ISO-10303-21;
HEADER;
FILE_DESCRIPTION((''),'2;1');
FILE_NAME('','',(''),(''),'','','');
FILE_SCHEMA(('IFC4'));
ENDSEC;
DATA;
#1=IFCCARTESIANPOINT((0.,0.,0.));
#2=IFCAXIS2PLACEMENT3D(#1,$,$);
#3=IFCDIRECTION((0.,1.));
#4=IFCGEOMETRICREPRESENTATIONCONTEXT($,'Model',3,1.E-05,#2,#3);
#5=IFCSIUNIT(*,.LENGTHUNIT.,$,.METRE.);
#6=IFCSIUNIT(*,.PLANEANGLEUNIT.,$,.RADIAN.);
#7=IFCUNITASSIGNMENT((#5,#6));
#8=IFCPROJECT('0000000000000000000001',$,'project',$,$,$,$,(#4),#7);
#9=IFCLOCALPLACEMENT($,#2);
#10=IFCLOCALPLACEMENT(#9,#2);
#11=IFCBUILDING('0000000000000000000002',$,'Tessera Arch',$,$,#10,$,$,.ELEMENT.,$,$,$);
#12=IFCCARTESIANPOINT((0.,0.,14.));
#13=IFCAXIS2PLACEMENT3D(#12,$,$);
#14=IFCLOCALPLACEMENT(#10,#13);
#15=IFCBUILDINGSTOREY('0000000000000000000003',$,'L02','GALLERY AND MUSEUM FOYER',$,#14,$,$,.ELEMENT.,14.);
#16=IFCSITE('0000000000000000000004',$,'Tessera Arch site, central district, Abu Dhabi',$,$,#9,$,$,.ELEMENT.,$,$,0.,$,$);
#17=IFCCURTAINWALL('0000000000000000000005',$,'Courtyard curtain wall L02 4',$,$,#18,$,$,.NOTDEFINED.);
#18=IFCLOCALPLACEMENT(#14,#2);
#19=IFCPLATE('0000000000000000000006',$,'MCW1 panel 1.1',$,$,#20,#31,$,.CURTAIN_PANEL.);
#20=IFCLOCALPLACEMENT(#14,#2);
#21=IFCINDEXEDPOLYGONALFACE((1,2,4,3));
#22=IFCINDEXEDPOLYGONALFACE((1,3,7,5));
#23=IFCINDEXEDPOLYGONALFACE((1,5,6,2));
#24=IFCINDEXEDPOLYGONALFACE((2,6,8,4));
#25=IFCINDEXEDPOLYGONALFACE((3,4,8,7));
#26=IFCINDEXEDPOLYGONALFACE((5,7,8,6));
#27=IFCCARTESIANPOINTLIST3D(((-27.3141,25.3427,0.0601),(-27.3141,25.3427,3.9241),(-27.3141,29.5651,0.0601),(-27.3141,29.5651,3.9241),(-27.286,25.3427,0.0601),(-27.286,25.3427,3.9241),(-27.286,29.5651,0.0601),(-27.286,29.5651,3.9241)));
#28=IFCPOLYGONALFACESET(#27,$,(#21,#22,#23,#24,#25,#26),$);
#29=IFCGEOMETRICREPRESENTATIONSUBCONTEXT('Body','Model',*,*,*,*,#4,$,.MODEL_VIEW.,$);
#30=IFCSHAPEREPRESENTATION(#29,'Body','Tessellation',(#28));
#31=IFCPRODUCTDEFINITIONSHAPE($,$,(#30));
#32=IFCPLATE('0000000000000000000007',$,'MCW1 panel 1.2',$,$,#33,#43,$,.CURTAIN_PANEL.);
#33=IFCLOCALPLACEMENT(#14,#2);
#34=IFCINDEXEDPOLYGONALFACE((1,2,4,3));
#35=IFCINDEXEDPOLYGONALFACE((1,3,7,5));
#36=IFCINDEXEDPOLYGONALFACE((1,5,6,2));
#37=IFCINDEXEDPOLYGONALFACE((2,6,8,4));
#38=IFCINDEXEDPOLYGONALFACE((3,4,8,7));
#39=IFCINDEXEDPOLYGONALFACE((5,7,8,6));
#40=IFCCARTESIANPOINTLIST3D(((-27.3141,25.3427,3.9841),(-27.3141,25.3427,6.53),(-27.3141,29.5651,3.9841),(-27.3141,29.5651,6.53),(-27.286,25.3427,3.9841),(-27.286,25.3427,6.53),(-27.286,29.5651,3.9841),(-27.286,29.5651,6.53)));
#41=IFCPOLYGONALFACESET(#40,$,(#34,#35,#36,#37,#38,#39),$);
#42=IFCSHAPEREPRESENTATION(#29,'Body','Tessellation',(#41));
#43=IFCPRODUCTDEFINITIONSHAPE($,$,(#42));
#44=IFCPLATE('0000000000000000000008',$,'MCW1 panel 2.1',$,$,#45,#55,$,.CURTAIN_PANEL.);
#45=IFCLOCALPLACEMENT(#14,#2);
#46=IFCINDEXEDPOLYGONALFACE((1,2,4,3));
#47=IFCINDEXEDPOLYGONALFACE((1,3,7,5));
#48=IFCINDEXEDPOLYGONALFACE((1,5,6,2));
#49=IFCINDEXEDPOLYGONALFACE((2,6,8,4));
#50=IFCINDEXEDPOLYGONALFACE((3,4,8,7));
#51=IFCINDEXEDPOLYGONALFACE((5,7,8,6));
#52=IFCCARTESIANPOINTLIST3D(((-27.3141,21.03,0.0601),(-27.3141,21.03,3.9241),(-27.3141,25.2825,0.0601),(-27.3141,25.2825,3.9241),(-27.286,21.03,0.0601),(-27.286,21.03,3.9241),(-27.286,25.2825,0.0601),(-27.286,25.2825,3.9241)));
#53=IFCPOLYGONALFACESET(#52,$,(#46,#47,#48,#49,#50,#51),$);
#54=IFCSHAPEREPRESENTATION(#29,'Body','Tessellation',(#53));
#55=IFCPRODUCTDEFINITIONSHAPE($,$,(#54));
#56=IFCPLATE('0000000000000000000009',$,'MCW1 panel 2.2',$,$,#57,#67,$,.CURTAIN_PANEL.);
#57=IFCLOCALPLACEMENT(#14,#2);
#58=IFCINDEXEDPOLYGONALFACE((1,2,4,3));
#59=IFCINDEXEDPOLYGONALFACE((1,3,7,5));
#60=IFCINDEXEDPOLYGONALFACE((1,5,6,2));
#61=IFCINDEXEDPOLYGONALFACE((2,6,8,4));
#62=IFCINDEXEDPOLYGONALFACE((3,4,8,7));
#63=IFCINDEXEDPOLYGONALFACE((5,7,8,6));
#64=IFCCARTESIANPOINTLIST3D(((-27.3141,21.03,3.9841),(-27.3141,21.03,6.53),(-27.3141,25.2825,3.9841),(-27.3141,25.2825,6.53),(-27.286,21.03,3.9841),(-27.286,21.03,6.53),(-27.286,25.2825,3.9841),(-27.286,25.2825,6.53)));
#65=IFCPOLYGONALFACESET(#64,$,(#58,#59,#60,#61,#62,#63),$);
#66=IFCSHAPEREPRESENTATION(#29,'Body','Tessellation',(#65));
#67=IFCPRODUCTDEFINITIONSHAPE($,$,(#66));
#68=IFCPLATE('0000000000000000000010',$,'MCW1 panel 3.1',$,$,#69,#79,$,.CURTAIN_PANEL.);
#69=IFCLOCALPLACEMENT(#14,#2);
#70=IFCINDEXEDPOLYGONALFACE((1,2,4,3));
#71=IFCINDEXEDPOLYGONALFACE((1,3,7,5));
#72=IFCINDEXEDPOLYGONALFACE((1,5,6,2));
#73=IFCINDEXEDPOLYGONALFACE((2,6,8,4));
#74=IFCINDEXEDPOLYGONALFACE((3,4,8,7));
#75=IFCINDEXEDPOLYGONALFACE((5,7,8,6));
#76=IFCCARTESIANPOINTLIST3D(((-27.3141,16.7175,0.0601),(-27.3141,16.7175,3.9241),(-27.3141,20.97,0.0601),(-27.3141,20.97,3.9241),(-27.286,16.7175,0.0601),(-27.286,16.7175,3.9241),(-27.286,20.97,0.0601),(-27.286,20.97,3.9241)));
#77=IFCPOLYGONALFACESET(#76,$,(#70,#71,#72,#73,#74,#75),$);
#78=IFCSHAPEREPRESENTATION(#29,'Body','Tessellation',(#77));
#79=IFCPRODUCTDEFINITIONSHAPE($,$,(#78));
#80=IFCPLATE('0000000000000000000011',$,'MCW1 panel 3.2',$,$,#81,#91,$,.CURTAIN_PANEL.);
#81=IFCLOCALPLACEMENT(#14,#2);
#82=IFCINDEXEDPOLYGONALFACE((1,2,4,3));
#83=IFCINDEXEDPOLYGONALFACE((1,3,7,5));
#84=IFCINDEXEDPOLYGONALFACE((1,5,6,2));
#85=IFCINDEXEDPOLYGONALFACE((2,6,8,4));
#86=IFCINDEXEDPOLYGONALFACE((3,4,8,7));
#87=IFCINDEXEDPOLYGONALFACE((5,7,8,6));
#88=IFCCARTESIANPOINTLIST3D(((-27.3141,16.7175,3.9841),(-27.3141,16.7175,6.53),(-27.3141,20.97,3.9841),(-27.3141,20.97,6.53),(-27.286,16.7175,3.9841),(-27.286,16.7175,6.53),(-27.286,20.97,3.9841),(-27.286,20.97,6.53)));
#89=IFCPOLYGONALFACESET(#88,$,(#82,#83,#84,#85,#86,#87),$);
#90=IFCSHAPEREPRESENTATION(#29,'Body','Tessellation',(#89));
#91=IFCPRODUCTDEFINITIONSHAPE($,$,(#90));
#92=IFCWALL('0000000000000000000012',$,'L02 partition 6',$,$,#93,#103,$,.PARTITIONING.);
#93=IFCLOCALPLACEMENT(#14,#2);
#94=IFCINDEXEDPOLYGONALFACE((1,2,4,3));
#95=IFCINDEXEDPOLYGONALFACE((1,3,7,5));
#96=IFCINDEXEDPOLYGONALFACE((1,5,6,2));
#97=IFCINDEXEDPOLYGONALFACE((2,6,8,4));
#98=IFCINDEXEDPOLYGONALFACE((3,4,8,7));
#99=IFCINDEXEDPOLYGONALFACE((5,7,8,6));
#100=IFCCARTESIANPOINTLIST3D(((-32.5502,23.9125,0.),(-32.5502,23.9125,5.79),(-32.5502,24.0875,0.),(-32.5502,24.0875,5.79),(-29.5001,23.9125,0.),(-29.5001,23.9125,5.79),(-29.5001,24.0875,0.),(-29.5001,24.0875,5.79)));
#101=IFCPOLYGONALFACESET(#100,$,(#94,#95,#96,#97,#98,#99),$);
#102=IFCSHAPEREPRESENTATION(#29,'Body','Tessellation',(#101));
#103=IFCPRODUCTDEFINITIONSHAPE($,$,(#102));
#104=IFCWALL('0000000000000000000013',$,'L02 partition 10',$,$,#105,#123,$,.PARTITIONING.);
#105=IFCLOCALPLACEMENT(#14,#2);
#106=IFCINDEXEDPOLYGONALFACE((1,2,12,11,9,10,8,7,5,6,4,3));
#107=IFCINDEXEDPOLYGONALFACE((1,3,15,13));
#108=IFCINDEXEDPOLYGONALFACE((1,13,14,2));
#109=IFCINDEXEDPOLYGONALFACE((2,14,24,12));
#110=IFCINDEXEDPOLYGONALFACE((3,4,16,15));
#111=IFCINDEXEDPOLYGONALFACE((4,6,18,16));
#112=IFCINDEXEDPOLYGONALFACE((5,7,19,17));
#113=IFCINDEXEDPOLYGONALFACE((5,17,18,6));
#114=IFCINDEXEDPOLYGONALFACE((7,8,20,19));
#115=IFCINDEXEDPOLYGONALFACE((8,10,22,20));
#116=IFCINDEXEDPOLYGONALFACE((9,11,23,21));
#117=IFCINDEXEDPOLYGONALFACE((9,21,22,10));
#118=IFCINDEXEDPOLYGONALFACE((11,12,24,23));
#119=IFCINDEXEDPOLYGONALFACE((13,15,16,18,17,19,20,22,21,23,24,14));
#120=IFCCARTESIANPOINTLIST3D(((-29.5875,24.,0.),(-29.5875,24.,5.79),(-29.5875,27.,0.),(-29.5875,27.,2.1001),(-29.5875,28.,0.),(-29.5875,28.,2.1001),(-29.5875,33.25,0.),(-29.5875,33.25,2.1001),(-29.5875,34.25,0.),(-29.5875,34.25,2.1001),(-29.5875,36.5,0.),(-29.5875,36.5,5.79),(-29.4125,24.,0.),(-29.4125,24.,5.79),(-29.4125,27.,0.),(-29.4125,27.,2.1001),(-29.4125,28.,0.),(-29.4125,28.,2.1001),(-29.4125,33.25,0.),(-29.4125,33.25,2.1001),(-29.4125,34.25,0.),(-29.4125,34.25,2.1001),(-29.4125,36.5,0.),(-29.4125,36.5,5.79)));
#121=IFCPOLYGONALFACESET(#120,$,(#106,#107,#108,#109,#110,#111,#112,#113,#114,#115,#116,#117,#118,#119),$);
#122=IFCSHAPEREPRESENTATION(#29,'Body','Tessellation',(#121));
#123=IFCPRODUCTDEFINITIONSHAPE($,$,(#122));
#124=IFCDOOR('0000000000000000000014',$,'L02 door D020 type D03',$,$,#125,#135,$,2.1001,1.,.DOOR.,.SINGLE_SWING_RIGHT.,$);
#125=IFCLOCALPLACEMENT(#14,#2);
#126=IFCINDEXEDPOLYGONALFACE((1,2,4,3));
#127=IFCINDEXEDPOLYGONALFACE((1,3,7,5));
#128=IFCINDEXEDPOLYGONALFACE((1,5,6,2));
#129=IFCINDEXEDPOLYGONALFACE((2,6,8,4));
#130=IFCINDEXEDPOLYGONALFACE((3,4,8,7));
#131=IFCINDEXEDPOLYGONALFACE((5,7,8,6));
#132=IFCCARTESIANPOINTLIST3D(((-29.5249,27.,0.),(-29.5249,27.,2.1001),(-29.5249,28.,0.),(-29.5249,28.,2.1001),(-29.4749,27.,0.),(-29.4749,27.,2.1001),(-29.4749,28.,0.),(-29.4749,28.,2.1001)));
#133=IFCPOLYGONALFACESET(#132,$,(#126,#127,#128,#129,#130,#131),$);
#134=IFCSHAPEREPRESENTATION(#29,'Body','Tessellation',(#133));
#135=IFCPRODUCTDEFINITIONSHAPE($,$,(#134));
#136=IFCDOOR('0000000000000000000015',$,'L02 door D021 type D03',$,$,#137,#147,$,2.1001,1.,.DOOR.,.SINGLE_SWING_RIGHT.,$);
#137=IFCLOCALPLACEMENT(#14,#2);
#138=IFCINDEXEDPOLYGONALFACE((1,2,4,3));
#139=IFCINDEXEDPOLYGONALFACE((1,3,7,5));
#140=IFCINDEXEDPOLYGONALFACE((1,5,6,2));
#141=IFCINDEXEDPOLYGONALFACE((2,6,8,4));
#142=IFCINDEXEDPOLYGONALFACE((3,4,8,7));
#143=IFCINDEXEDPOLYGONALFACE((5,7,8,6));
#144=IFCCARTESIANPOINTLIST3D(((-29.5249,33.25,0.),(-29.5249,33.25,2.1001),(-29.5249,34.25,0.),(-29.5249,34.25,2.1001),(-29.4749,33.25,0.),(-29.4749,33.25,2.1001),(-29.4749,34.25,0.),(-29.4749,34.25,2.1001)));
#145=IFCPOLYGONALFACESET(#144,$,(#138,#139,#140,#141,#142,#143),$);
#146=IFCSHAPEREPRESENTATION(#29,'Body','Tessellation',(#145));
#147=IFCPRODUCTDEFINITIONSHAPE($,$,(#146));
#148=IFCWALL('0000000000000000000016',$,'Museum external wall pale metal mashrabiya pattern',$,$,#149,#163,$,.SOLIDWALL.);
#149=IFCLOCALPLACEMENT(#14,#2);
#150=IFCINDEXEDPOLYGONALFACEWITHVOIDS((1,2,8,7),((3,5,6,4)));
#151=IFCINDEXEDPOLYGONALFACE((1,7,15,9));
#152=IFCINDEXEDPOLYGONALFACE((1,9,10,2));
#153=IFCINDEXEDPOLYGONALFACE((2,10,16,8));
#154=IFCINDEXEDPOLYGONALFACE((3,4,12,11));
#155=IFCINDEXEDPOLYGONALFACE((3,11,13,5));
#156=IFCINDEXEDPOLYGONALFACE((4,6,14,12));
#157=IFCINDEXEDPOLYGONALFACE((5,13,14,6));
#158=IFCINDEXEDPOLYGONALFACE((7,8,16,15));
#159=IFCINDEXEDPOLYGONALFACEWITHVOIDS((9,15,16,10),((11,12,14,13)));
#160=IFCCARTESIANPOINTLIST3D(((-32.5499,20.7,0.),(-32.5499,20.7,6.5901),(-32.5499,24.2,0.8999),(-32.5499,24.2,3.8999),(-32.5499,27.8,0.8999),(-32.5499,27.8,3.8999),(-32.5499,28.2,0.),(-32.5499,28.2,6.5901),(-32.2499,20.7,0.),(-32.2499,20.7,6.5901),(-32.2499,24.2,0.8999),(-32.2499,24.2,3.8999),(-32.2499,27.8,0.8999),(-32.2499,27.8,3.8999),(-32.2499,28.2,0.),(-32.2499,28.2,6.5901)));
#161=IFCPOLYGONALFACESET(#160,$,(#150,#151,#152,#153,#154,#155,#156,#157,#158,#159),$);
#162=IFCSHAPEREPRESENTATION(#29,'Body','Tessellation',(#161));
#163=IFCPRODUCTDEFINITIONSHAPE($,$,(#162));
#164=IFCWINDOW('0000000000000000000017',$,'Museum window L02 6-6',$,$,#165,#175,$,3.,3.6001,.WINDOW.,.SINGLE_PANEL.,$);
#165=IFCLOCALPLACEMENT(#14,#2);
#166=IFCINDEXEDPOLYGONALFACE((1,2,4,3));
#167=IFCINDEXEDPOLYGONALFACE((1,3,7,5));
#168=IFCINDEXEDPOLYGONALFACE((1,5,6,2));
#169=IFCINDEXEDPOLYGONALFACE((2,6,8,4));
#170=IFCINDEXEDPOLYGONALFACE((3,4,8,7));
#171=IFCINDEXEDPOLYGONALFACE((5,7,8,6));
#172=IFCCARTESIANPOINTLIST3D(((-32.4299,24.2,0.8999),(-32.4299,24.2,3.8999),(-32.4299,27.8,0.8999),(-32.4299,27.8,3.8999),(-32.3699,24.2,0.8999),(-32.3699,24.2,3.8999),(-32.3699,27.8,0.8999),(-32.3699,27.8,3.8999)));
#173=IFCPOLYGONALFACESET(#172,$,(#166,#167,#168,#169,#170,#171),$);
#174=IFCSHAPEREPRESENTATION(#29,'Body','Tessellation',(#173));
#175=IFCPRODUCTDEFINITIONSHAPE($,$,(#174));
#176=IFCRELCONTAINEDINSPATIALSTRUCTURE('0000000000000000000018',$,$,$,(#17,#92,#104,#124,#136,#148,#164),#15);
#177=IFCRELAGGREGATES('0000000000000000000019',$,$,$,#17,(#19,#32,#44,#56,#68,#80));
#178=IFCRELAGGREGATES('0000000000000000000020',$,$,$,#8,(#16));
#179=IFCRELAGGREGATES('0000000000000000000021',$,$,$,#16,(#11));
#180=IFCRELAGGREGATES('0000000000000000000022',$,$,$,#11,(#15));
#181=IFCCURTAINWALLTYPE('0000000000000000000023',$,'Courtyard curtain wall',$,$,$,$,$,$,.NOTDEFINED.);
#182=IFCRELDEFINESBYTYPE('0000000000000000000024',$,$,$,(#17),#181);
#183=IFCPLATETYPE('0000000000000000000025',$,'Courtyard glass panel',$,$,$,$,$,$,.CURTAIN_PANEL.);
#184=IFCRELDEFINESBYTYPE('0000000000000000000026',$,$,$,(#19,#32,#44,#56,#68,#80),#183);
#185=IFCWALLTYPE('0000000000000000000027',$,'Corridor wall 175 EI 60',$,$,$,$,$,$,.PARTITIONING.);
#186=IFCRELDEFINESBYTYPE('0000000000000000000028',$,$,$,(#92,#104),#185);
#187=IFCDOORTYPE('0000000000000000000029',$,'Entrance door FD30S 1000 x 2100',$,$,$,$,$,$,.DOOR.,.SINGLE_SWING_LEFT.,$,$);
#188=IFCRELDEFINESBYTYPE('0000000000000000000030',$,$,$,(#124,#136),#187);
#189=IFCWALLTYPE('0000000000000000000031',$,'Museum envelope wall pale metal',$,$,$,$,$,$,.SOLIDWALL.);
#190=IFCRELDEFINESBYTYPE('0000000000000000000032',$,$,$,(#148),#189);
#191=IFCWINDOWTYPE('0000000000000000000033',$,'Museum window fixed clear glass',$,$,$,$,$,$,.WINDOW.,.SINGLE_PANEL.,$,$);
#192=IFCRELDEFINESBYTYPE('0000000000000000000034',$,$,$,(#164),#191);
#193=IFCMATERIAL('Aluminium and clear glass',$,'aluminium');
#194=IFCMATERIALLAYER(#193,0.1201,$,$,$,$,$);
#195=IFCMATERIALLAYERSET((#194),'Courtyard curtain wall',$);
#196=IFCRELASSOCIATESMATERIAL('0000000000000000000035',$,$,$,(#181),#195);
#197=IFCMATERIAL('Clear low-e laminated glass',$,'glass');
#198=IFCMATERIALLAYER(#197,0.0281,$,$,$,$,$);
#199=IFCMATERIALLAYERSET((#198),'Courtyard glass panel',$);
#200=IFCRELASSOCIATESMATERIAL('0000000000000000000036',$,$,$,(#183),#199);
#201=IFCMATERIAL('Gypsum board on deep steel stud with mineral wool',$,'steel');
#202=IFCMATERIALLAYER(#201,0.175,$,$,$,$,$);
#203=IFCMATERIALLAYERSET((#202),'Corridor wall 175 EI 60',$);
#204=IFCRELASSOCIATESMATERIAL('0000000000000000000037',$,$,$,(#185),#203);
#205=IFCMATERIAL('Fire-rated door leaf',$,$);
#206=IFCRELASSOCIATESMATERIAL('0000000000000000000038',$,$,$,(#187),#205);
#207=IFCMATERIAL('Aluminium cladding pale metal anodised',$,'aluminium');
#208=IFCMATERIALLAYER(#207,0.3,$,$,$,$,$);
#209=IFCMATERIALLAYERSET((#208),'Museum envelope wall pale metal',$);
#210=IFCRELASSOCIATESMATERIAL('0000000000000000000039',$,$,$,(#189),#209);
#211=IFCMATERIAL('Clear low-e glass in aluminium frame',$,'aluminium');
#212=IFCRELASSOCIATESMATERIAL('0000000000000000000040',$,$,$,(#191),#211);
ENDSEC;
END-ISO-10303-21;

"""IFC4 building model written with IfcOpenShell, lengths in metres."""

from ifc_helpers import new_model, si_unit, direction, frame, frame_2d, origin, origin_2d, place, context, subcontext, project, spatial, rectangle, extrude, material, layer, layer_set, type_object, element, fill, aggregate, save


model = new_model("IFC4")

# Units and contexts
model_context = context("Model", 3, precision=1e-05, world=origin(), true_north=direction((0.0, 1.0)))
body_context = subcontext(model_context, "Body", "Model", "MODEL_VIEW")
ifc_project = project(units=[si_unit("LENGTHUNIT", "METRE"), si_unit("PLANEANGLEUNIT", "RADIAN")], contexts=[model_context])

# Site, building, storey
site_placement = place(None, origin())
site = spatial("IfcSite", under=ifc_project, at=site_placement, Name="Tessera Arch site, central district, Abu Dhabi", CompositionType="ELEMENT", RefElevation=0.0)
building_placement = place(site_placement, origin())
building = spatial("IfcBuilding", under=site, at=building_placement, Name="Tessera Arch", CompositionType="ELEMENT")
storey_placement = place(building_placement, frame((0.0, 0.0, 14.0)))
storey = spatial("IfcBuildingStorey", under=building, at=storey_placement, Name="L02", Description="GALLERY AND MUSEUM FOYER", CompositionType="ELEMENT", Elevation=14.0)

# Curtain wall
ifc_material_1 = material(Name="Aluminium and clear glass", Category="aluminium")
ifc_layer_1 = layer(ifc_material_1, 0.1201)
ifc_layer_set_1 = layer_set([ifc_layer_1], Name="Courtyard curtain wall")
curtain_wall_type = type_object("IfcCurtainWallType", Name="Courtyard curtain wall", PredefinedType="NOTDEFINED", material=ifc_layer_set_1)
curtain_wall_placement = place(storey_placement, origin())
curtain_wall = element("IfcCurtainWall", 1, at=curtain_wall_placement, inside=storey, type_object=curtain_wall_type, Name="Courtyard curtain wall L02 4", PredefinedType="NOTDEFINED")

# Plates
ifc_material_2 = material(Name="Clear low-e laminated glass", Category="glass")
ifc_layer_2 = layer(ifc_material_2, 0.0281)
ifc_layer_set_2 = layer_set([ifc_layer_2], Name="Courtyard glass panel")
plate_type = type_object("IfcPlateType", Name="Courtyard glass panel", PredefinedType="CURTAIN_PANEL", material=ifc_layer_set_2)
plate_1_placement = place(storey_placement, frame((-27.3, 27.4539, 0.0601), z_axis=(0.0, 0.0, 1.0), x_axis=(0.0, -1.0, 0.0)))
plate_1 = element("IfcPlate", 2, at=plate_1_placement, type_object=plate_type, Name="MCW1 panel 1.1", PredefinedType="CURTAIN_PANEL", context=body_context, shape_type="SweptSolid", body=[
    extrude(rectangle(XDim=4.2224, YDim=0.0281, at=origin_2d()), origin(), (0.0, 0.0, 1.0), 3.864),
])
plate_2_placement = place(storey_placement, frame((-27.3, 27.4539, 3.9841), z_axis=(0.0, 0.0, 1.0), x_axis=(0.0, -1.0, 0.0)))
plate_2 = element("IfcPlate", 3, at=plate_2_placement, type_object=plate_type, Name="MCW1 panel 1.2", PredefinedType="CURTAIN_PANEL", context=body_context, shape_type="SweptSolid", body=[
    extrude(rectangle(XDim=4.2224, YDim=0.0281, at=origin_2d()), origin(), (0.0, 0.0, 1.0), 2.5459),
])
plate_3_placement = place(storey_placement, frame((-27.3, 23.1562, 0.0601), z_axis=(0.0, 0.0, 1.0), x_axis=(0.0, -1.0, 0.0)))
plate_3 = element("IfcPlate", 4, at=plate_3_placement, type_object=plate_type, Name="MCW1 panel 2.1", PredefinedType="CURTAIN_PANEL", context=body_context, shape_type="SweptSolid", body=[
    extrude(rectangle(XDim=4.2524, YDim=0.0281, at=origin_2d()), origin(), (0.0, 0.0, 1.0), 3.864),
])
plate_4_placement = place(storey_placement, frame((-27.3, 23.1562, 3.9841), z_axis=(0.0, 0.0, 1.0), x_axis=(0.0, -1.0, 0.0)))
plate_4 = element("IfcPlate", 5, at=plate_4_placement, type_object=plate_type, Name="MCW1 panel 2.2", PredefinedType="CURTAIN_PANEL", context=body_context, shape_type="SweptSolid", body=[
    extrude(rectangle(XDim=4.2524, YDim=0.0281, at=origin_2d()), origin(), (0.0, 0.0, 1.0), 2.5459),
])
plate_5_placement = place(storey_placement, frame((-27.3, 18.8438, 0.0601), z_axis=(0.0, 0.0, 1.0), x_axis=(0.0, -1.0, 0.0)))
plate_5 = element("IfcPlate", 6, at=plate_5_placement, type_object=plate_type, Name="MCW1 panel 3.1", PredefinedType="CURTAIN_PANEL", context=body_context, shape_type="SweptSolid", body=[
    extrude(rectangle(XDim=4.2524, YDim=0.0281, at=origin_2d()), origin(), (0.0, 0.0, 1.0), 3.864),
])
plate_6_placement = place(storey_placement, frame((-27.3, 18.8438, 3.9841), z_axis=(0.0, 0.0, 1.0), x_axis=(0.0, -1.0, 0.0)))
plate_6 = element("IfcPlate", 7, at=plate_6_placement, type_object=plate_type, Name="MCW1 panel 3.2", PredefinedType="CURTAIN_PANEL", context=body_context, shape_type="SweptSolid", body=[
    extrude(rectangle(XDim=4.2524, YDim=0.0281, at=origin_2d()), origin(), (0.0, 0.0, 1.0), 2.5459),
])
aggregate(curtain_wall, [plate_1, plate_2, plate_3, plate_4, plate_5, plate_6])

# Wall
ifc_material_3 = material(Name="Gypsum board on deep steel stud with mineral wool", Category="steel")
ifc_layer_3 = layer(ifc_material_3, 0.175)
ifc_layer_set_3 = layer_set([ifc_layer_3], Name="Corridor wall 175 EI 60")
wall_type_1 = type_object("IfcWallType", Name="Corridor wall 175 EI 60", PredefinedType="PARTITIONING", material=ifc_layer_set_3)
wall_1_placement = place(storey_placement, frame((-32.55, 24.0, 0.0), z_axis=(0.0, 0.0, 1.0), x_axis=(1.0, 0.0, 0.0)))
element("IfcWall", 8, at=wall_1_placement, inside=storey, type_object=wall_type_1, Name="L02 partition 6", PredefinedType="PARTITIONING", context=body_context, shape_type="SweptSolid", body=[
    extrude(rectangle(XDim=3.05, YDim=0.175, at=frame_2d((1.5249, 0.0))), origin(), (0.0, 0.0, 1.0), 5.79),
])

# Wall, openings, doors
wall_2_placement = place(storey_placement, frame((-29.5, 24.0, 0.0), z_axis=(0.0, 0.0, 1.0), x_axis=(0.0, 1.0, 0.0)))
wall_2 = element("IfcWall", 9, at=wall_2_placement, inside=storey, type_object=wall_type_1, Name="L02 partition 10", PredefinedType="PARTITIONING", context=body_context, shape_type="SweptSolid", body=[
    extrude(rectangle(XDim=12.5, YDim=0.175, at=frame_2d((6.25, 0.0))), origin(), (0.0, 0.0, 1.0), 5.79),
])
opening_1_placement = place(wall_2_placement, frame((3.0, 0.0, 0.0)))
opening_1 = element("IfcOpeningElement", 10, at=opening_1_placement, cuts=wall_2, PredefinedType="OPENING", context=body_context, shape_type="SweptSolid", body=[
    extrude(rectangle(XDim=1.0, YDim=2.1001, at=frame_2d((0.5, 1.05))), frame((0.0, 0.0974, 0.0), z_axis=(0.0, -1.0, 0.0), x_axis=(1.0, 0.0, 0.0)), (0.0, 0.0, 1.0), 0.1951),
])
opening_2_placement = place(wall_2_placement, frame((9.25, 0.0, 0.0)))
opening_2 = element("IfcOpeningElement", 11, at=opening_2_placement, cuts=wall_2, PredefinedType="OPENING", context=body_context, shape_type="SweptSolid", body=[
    extrude(rectangle(XDim=1.0, YDim=2.1001, at=frame_2d((0.5, 1.05))), frame((0.0, 0.0974, 0.0), z_axis=(0.0, -1.0, 0.0), x_axis=(1.0, 0.0, 0.0)), (0.0, 0.0, 1.0), 0.1951),
])
ifc_material_4 = material(Name="Fire-rated door leaf")
door_type = type_object("IfcDoorType", Name="Entrance door FD30S 1000 x 2100", OperationType="SINGLE_SWING_LEFT", PredefinedType="DOOR", material=ifc_material_4)
door_1_placement = place(opening_1_placement, origin())
door_1 = element("IfcDoor", 12, at=door_1_placement, inside=storey, type_object=door_type, Name="L02 door D020 type D03", OperationType="SINGLE_SWING_RIGHT", OverallHeight=2.1001, OverallWidth=1.0, PredefinedType="DOOR", context=body_context, shape_type="SweptSolid", body=[
    extrude(rectangle(XDim=1.0, YDim=2.1001, at=frame_2d((0.5, 1.05))), frame((0.0, 0.0249, 0.0), z_axis=(0.0, -1.0, 0.0), x_axis=(1.0, 0.0, 0.0)), (0.0, 0.0, 1.0), 0.05),
])
fill(opening_1, door_1)
door_2_placement = place(opening_2_placement, origin())
door_2 = element("IfcDoor", 13, at=door_2_placement, inside=storey, type_object=door_type, Name="L02 door D021 type D03", OperationType="SINGLE_SWING_RIGHT", OverallHeight=2.1001, OverallWidth=1.0, PredefinedType="DOOR", context=body_context, shape_type="SweptSolid", body=[
    extrude(rectangle(XDim=1.0, YDim=2.1001, at=frame_2d((0.5, 1.05))), frame((0.0, 0.0249, 0.0), z_axis=(0.0, -1.0, 0.0), x_axis=(1.0, 0.0, 0.0)), (0.0, 0.0, 1.0), 0.05),
])
fill(opening_2, door_2)

# Wall, opening, window
ifc_material_5 = material(Name="Aluminium cladding pale metal anodised", Category="aluminium")
ifc_layer_4 = layer(ifc_material_5, 0.3)
ifc_layer_set_4 = layer_set([ifc_layer_4], Name="Museum envelope wall pale metal")
wall_type_2 = type_object("IfcWallType", Name="Museum envelope wall pale metal", PredefinedType="SOLIDWALL", material=ifc_layer_set_4)
wall_3_placement = place(storey_placement, frame((-32.3999, 28.2, 0.0), z_axis=(0.0, 0.0, 1.0), x_axis=(0.0, -1.0, 0.0)))
wall_3 = element("IfcWall", 14, at=wall_3_placement, inside=storey, type_object=wall_type_2, Name="Museum external wall pale metal mashrabiya pattern", PredefinedType="SOLIDWALL", context=body_context, shape_type="SweptSolid", body=[
    extrude(rectangle(XDim=7.5, YDim=0.3, at=frame_2d((3.75, 0.0))), origin(), (0.0, 0.0, 1.0), 6.5901),
])
opening_3_placement = place(wall_3_placement, frame((0.3999, 0.0, 0.8999)))
opening_3 = element("IfcOpeningElement", 15, at=opening_3_placement, cuts=wall_3, PredefinedType="OPENING", context=body_context, shape_type="SweptSolid", body=[
    extrude(rectangle(XDim=3.6001, YDim=3.0, at=frame_2d((1.8, 1.5))), frame((0.0, 0.1599, 0.0), z_axis=(0.0, -1.0, 0.0), x_axis=(1.0, 0.0, 0.0)), (0.0, 0.0, 1.0), 0.3201),
])
ifc_material_6 = material(Name="Clear low-e glass in aluminium frame", Category="aluminium")
window_type = type_object("IfcWindowType", Name="Museum window fixed clear glass", PartitioningType="SINGLE_PANEL", PredefinedType="WINDOW", material=ifc_material_6)
window_1_placement = place(opening_3_placement, origin())
window_1 = element("IfcWindow", 16, at=window_1_placement, inside=storey, type_object=window_type, Name="Museum window L02 6-6", OverallHeight=3.0, OverallWidth=3.6001, PartitioningType="SINGLE_PANEL", PredefinedType="WINDOW", context=body_context, shape_type="SweptSolid", body=[
    extrude(rectangle(XDim=3.6001, YDim=3.0, at=frame_2d((1.8, 1.5))), frame((0.0, 0.03, 0.0), z_axis=(0.0, -1.0, 0.0), x_axis=(1.0, 0.0, 0.0)), (0.0, 0.0, 1.0), 0.0601),
])
fill(opening_3, window_1)

save(model, "model.ifc")
